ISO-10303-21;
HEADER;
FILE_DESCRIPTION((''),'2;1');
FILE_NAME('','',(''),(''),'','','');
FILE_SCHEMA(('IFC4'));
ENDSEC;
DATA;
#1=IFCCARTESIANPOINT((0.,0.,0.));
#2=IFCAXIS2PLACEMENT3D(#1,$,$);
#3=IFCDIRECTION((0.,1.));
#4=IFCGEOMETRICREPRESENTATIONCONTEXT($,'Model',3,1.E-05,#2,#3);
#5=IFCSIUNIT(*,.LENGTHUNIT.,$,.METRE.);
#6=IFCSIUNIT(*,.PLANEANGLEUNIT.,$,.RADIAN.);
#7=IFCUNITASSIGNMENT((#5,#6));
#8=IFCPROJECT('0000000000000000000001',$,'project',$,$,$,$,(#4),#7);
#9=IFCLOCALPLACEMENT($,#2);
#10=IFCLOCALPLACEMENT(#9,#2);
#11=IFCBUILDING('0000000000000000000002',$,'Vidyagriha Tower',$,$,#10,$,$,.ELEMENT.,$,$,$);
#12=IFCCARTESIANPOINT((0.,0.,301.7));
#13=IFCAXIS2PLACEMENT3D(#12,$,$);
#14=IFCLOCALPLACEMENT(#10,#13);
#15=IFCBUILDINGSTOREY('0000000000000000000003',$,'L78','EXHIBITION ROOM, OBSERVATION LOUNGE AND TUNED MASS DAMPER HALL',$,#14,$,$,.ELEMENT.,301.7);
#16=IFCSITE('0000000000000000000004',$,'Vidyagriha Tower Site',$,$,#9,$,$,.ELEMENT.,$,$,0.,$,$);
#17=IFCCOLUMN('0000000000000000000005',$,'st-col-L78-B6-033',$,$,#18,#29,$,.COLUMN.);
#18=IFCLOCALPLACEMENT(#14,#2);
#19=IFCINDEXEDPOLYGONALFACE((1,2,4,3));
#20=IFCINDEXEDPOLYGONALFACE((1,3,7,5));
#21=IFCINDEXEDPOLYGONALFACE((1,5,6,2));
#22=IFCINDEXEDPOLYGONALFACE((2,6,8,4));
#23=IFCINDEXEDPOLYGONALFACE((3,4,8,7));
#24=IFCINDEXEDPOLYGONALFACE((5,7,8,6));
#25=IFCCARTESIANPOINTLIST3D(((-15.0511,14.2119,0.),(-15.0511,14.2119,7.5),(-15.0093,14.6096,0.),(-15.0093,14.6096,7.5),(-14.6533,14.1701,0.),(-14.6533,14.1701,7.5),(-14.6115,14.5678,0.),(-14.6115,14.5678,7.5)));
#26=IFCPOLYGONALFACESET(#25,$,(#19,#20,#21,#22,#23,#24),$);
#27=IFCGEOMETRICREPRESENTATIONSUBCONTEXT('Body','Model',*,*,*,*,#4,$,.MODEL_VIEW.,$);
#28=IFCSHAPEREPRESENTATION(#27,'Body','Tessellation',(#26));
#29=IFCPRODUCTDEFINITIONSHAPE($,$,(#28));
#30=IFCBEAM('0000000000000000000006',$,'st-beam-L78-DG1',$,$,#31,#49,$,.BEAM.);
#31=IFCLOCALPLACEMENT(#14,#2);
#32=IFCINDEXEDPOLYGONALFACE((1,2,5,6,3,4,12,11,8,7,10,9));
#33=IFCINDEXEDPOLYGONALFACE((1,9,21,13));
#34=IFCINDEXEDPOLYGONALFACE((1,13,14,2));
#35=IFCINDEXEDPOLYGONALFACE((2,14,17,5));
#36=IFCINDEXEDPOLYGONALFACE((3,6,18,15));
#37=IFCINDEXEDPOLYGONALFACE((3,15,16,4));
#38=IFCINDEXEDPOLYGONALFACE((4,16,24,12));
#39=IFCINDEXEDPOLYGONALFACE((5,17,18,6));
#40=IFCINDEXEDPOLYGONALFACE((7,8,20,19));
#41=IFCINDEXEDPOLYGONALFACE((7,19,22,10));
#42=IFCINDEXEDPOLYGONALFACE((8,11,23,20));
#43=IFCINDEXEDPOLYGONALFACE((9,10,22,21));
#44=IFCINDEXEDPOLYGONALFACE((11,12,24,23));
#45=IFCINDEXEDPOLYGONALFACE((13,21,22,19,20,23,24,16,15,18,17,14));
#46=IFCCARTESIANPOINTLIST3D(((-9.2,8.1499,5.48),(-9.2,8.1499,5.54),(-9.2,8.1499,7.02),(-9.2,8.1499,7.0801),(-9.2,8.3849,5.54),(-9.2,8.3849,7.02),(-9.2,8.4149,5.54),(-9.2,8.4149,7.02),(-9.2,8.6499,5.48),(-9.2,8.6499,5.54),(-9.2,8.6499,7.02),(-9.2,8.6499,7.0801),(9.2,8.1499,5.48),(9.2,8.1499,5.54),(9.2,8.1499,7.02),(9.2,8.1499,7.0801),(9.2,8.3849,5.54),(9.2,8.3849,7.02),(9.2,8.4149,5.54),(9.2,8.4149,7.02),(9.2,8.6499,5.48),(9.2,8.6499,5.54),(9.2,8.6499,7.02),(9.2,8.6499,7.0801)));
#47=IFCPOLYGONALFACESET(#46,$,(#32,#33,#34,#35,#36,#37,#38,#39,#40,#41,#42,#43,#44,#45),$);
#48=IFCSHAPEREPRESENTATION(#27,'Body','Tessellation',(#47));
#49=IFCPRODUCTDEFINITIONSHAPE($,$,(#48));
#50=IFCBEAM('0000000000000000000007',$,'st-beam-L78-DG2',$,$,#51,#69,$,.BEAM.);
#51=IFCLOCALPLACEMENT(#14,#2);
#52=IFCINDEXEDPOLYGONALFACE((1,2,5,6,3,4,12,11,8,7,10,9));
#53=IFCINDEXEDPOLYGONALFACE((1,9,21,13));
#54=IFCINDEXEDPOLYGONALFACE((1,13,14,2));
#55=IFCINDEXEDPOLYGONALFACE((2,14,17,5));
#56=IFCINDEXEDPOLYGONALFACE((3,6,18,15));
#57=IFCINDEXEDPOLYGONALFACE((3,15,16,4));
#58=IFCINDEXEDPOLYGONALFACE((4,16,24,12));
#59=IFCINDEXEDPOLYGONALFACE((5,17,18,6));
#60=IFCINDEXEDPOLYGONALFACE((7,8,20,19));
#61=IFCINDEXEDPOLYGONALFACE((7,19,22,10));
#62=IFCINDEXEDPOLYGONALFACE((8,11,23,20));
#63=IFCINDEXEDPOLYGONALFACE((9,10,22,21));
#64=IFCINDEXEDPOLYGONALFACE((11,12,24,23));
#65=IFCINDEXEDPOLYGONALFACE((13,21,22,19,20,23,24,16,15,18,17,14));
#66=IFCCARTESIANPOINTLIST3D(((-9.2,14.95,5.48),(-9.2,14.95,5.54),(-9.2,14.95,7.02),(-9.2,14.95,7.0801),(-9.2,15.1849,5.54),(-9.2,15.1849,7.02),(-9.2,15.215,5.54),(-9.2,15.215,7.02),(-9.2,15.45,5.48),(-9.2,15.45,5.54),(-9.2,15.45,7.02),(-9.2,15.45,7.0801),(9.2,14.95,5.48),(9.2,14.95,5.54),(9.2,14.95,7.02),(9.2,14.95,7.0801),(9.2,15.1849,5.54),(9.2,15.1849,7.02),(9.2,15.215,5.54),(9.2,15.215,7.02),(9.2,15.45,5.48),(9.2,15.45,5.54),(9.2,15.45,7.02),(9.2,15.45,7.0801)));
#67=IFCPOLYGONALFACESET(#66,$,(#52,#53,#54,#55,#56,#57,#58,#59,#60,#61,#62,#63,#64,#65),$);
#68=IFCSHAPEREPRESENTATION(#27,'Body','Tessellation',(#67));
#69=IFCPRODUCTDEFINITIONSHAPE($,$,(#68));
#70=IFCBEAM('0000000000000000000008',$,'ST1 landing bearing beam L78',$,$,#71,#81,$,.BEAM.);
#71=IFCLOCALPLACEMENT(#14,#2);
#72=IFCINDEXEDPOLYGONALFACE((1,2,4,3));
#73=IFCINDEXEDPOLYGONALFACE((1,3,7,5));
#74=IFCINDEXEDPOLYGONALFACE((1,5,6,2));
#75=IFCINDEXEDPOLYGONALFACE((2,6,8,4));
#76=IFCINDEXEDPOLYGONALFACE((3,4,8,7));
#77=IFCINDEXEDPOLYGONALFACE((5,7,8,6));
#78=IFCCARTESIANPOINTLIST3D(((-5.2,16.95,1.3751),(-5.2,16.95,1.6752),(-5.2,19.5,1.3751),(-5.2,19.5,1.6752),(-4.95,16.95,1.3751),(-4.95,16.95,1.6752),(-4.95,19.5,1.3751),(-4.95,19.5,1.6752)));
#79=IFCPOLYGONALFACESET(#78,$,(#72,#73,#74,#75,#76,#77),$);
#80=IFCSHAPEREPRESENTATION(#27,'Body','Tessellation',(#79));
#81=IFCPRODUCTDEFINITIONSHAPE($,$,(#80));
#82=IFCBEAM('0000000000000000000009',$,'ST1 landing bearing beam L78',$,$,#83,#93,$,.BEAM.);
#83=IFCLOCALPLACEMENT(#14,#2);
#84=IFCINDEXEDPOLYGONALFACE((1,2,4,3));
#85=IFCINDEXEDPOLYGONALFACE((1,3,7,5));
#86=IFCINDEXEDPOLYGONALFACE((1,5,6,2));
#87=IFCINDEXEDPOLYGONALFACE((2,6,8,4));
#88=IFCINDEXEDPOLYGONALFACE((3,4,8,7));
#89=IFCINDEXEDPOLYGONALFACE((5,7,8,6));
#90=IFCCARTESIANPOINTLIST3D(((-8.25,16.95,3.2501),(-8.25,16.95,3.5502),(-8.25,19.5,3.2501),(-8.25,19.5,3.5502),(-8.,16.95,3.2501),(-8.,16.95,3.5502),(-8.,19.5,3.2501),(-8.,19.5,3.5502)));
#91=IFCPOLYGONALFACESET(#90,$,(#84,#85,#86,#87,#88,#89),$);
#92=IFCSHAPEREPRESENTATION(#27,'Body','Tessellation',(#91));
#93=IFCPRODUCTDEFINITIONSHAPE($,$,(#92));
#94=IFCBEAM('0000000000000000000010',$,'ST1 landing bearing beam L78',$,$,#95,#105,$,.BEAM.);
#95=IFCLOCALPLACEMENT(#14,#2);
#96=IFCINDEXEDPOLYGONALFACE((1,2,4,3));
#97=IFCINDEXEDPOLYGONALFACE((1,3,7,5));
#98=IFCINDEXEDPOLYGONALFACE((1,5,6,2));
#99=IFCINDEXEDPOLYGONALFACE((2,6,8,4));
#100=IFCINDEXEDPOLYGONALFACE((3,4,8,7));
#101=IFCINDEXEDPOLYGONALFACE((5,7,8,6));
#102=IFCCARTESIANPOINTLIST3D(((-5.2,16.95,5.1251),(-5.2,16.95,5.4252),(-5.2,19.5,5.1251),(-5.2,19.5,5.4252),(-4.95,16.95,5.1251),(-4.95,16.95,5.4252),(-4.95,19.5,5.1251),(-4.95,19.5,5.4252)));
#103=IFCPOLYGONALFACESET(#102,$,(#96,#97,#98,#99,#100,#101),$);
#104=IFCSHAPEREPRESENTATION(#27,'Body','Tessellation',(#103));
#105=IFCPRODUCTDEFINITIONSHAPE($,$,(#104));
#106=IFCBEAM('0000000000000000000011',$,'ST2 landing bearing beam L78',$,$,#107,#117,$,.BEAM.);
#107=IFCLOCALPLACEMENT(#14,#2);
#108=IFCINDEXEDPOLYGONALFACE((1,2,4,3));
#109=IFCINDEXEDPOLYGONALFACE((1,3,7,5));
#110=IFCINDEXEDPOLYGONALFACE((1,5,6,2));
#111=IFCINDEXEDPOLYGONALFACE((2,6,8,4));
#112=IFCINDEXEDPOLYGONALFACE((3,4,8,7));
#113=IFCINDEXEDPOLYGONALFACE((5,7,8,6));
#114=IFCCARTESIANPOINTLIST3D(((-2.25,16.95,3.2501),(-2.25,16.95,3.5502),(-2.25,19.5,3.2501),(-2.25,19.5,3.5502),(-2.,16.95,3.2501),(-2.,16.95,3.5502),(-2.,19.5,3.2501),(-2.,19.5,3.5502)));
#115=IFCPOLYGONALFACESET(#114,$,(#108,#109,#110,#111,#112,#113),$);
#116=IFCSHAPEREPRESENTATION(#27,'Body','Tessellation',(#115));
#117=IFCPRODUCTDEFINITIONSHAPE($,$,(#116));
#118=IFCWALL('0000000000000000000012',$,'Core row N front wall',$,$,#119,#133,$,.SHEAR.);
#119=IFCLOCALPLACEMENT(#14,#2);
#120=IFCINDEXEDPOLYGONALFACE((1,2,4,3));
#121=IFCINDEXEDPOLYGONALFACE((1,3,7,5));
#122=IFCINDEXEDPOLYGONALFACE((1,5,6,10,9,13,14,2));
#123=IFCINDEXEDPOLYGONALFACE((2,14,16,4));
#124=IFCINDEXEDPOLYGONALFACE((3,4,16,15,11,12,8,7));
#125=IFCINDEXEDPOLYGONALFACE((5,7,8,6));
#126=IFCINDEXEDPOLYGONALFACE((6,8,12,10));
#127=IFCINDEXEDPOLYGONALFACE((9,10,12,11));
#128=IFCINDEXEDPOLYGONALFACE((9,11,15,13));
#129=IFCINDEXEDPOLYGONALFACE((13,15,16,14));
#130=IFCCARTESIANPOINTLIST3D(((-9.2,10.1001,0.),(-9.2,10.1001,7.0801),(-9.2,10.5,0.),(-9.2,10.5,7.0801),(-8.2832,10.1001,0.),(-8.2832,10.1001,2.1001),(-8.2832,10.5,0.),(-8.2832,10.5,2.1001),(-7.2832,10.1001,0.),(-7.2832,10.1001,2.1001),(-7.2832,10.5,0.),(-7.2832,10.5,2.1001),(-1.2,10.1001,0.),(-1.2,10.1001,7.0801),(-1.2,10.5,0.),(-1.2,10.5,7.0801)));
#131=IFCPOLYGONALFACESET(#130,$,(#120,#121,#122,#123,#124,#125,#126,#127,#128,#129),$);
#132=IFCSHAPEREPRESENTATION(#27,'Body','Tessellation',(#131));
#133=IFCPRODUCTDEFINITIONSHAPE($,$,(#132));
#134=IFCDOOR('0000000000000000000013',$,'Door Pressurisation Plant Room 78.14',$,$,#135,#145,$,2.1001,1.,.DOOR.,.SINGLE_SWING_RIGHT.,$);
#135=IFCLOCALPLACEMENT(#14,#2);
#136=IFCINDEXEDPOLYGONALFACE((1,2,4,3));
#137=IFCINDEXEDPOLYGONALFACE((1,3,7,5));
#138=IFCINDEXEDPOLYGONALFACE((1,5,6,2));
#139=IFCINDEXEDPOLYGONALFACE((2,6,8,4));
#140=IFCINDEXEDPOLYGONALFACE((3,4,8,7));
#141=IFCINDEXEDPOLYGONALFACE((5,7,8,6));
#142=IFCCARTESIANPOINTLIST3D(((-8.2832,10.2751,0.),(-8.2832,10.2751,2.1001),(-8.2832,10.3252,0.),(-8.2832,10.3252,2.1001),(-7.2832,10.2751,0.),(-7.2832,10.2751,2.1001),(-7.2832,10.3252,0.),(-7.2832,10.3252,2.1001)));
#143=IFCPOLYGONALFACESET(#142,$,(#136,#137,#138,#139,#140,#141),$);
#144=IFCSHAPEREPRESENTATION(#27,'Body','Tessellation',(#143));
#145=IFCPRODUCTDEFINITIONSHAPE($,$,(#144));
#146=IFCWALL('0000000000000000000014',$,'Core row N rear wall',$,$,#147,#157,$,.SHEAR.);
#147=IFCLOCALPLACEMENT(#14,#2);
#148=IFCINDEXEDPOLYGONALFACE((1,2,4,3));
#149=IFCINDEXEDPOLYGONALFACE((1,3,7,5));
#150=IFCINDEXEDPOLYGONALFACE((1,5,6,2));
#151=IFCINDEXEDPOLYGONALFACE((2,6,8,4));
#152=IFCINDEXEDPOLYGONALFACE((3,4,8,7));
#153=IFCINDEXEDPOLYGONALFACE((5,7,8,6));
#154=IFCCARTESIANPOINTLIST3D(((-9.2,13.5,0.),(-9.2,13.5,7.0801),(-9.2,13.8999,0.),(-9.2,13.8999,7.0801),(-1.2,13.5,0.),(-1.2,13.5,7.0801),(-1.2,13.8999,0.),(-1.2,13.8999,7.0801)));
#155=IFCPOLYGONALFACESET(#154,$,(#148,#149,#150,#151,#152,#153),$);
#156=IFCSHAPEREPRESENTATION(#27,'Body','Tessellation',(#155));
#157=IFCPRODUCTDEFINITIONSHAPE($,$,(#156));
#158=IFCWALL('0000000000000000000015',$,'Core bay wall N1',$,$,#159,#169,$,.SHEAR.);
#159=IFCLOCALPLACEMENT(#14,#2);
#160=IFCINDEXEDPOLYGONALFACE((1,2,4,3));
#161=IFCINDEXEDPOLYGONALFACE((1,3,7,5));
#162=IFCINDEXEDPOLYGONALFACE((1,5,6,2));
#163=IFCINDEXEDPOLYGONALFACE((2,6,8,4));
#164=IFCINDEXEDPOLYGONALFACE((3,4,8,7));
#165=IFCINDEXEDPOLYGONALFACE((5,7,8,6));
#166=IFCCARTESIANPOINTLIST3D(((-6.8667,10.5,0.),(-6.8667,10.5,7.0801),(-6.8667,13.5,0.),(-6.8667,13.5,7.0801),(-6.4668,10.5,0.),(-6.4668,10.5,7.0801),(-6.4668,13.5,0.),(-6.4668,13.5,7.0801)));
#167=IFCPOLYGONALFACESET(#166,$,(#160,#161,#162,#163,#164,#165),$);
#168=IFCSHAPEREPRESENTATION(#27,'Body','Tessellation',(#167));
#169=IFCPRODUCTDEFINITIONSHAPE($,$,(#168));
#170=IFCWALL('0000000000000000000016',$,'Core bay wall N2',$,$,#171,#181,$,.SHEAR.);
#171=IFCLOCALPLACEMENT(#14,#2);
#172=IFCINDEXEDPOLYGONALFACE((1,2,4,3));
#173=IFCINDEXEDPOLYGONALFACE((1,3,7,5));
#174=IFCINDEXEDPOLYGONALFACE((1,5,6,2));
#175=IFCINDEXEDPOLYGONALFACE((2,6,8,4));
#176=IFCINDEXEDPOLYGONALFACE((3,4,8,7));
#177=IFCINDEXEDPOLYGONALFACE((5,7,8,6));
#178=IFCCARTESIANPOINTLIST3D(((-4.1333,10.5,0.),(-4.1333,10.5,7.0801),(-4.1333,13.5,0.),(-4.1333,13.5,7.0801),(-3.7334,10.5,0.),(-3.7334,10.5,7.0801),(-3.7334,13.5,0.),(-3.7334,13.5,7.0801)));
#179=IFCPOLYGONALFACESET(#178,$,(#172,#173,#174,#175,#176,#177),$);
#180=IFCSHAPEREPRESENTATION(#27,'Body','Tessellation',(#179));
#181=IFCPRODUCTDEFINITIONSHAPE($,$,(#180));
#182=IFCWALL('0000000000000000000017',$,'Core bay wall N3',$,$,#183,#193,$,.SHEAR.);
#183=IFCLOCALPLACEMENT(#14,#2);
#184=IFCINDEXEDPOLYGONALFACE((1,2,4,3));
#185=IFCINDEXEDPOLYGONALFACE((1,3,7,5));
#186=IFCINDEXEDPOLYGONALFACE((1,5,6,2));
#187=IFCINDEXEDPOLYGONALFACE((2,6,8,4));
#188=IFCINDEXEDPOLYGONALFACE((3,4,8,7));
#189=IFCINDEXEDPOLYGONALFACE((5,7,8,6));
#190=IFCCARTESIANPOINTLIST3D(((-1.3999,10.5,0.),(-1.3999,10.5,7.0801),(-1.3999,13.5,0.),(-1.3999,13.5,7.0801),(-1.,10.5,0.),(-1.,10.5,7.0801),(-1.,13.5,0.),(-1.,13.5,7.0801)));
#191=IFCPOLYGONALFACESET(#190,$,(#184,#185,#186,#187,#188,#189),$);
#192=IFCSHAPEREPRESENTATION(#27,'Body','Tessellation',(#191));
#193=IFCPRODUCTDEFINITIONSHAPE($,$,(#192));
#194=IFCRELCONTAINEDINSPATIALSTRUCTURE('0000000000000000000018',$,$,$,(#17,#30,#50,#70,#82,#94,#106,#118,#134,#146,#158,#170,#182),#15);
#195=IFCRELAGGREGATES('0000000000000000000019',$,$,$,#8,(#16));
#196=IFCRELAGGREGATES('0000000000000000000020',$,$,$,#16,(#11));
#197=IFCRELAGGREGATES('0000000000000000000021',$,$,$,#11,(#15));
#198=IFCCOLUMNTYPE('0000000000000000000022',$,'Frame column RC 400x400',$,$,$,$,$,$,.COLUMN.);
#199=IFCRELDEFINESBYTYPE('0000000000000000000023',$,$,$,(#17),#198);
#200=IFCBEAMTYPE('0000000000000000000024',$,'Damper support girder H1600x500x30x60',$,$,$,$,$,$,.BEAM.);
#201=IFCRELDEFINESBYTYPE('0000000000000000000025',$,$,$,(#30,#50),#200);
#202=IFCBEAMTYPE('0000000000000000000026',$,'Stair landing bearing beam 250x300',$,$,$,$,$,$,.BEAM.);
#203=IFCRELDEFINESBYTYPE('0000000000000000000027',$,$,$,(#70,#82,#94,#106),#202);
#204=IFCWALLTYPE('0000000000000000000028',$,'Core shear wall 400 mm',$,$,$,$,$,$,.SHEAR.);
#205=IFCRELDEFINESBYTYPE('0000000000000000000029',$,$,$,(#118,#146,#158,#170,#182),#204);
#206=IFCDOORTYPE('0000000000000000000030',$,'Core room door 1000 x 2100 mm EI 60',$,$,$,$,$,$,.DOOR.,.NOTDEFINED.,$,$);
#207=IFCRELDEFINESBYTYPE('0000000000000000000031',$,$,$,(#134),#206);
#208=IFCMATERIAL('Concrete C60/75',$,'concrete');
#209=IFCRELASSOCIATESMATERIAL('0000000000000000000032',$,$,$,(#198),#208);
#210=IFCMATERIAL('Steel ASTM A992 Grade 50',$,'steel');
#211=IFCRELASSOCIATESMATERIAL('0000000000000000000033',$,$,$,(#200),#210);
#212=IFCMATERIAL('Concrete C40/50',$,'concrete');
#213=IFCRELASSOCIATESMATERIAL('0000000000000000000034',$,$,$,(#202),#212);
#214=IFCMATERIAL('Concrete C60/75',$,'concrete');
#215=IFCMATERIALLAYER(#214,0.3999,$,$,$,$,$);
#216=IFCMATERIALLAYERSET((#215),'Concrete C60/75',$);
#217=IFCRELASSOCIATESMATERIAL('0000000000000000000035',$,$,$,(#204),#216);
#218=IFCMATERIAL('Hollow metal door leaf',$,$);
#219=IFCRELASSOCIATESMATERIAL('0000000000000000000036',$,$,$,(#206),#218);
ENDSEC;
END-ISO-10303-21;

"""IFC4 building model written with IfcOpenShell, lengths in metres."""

from ifc_helpers import new_model, si_unit, direction, frame, frame_2d, origin, origin_2d, place, context, subcontext, project, spatial, rectangle, i_section, extrude, material, layer, layer_set, material_profile, profile_set, type_object, element, fill, save


model = new_model("IFC4")

# Units and contexts
model_context = context("Model", 3, precision=1e-05, world=origin(), true_north=direction((0.0, 1.0)))
body_context = subcontext(model_context, "Body", "Model", "MODEL_VIEW")
ifc_project = project(units=[si_unit("LENGTHUNIT", "METRE"), si_unit("PLANEANGLEUNIT", "RADIAN")], contexts=[model_context])

# Site, building, storey
site_placement = place(None, origin())
site = spatial("IfcSite", under=ifc_project, at=site_placement, Name="Vidyagriha Tower Site", CompositionType="ELEMENT", RefElevation=0.0)
building_placement = place(site_placement, origin())
building = spatial("IfcBuilding", under=site, at=building_placement, Name="Vidyagriha Tower", CompositionType="ELEMENT")
storey_placement = place(building_placement, frame((0.0, 0.0, 301.7)))
storey = spatial("IfcBuildingStorey", under=building, at=storey_placement, Name="L78", Description="EXHIBITION ROOM, OBSERVATION LOUNGE AND TUNED MASS DAMPER HALL", CompositionType="ELEMENT", Elevation=301.7)

# Column
ifc_material_1 = material(Name="Concrete C60/75", Category="concrete")
ifc_material_profile_1 = material_profile(ifc_material_1, rectangle(XDim=0.3999, YDim=0.3999, at=origin_2d()), Name="RC 400x400")
ifc_profile_set_1 = profile_set([ifc_material_profile_1], Name="Concrete C60/75")
column_type = type_object("IfcColumnType", Name="Frame column RC 400x400", PredefinedType="COLUMN", material=ifc_profile_set_1)
column_placement = place(storey_placement, frame((-14.8313, 14.3899, 0.0), z_axis=(0.0, 0.0, 1.0), x_axis=(0.994522, -0.104528, 0.0)))
element("IfcColumn", 1, at=column_placement, inside=storey, type_object=column_type, Name="st-col-L78-B6-033", PredefinedType="COLUMN", context=body_context, shape_type="SweptSolid", body=[
    extrude(rectangle(XDim=0.3999, YDim=0.3999, at=origin_2d()), origin(), (0.0, 0.0, 1.0), 7.5),
])

# Beams
ifc_material_2 = material(Name="Steel ASTM A992 Grade 50", Category="steel")
ifc_material_profile_2 = material_profile(ifc_material_2, i_section(OverallWidth=0.5, OverallDepth=1.6001, WebThickness=0.03, FlangeThickness=0.0601, at=origin_2d()), Name="H1600x500x30x60")
ifc_profile_set_2 = profile_set([ifc_material_profile_2], Name="Steel ASTM A992 Grade 50")
beam_type_1 = type_object("IfcBeamType", Name="Damper support girder H1600x500x30x60", PredefinedType="BEAM", material=ifc_profile_set_2)
for number, where, z_axis, x_axis, name in (
    (2, (-9.2, 8.3999, 6.28), (1.0, 0.0, 0.0), (0.0, 1.0, 0.0), "st-beam-L78-DG1"),
    (3, (-9.2, 15.2, 6.28), (1.0, 0.0, 0.0), (0.0, 1.0, 0.0), "st-beam-L78-DG2"),
):
    element("IfcBeam", number, at=place(storey_placement, frame(where, z_axis=z_axis, x_axis=x_axis)), inside=storey, type_object=beam_type_1, Name=name, PredefinedType="BEAM", context=body_context, shape_type="SweptSolid", body=[
        extrude(i_section(OverallWidth=0.5, OverallDepth=1.6001, WebThickness=0.03, FlangeThickness=0.0601, at=origin_2d()), origin(), (0.0, 0.0, 1.0), 18.3999),
    ])
ifc_material_3 = material(Name="Concrete C40/50", Category="concrete")
ifc_material_profile_3 = material_profile(ifc_material_3, rectangle(XDim=0.25, YDim=0.3, at=origin_2d()), Name="Stair landing bearing beam 250x300")
ifc_profile_set_3 = profile_set([ifc_material_profile_3], Name="Concrete C40/50")
beam_type_2 = type_object("IfcBeamType", Name="Stair landing bearing beam 250x300", PredefinedType="BEAM", material=ifc_profile_set_3)
for number, where, z_axis, x_axis, name in (
    (4, (-5.075, 16.95, 1.5251), (0.0, 1.0, 0.0), (-1.0, 0.0, 0.0), "ST1 landing bearing beam L78"),
    (5, (-8.125, 16.95, 3.4001), (0.0, 1.0, 0.0), (-1.0, 0.0, 0.0), "ST1 landing bearing beam L78"),
    (6, (-5.075, 16.95, 5.2751), (0.0, 1.0, 0.0), (-1.0, 0.0, 0.0), "ST1 landing bearing beam L78"),
    (7, (-2.125, 16.95, 3.4001), (0.0, 1.0, 0.0), (-1.0, 0.0, 0.0), "ST2 landing bearing beam L78"),
):
    element("IfcBeam", number, at=place(storey_placement, frame(where, z_axis=z_axis, x_axis=x_axis)), inside=storey, type_object=beam_type_2, Name=name, PredefinedType="BEAM", context=body_context, shape_type="SweptSolid", body=[
        extrude(rectangle(XDim=0.25, YDim=0.3, at=origin_2d()), origin(), (0.0, 0.0, 1.0), 2.55),
    ])

# Wall, opening, door
ifc_material_4 = material(Name="Concrete C60/75", Category="concrete")
ifc_layer_1 = layer(ifc_material_4, 0.3999)
ifc_layer_set_1 = layer_set([ifc_layer_1], Name="Concrete C60/75")
wall_type_1 = type_object("IfcWallType", Name="Core shear wall 400 mm", PredefinedType="SHEAR", material=ifc_layer_set_1)
wall_1_placement = place(storey_placement, frame((-9.2, 10.3, 0.0)))
wall_1 = element("IfcWall", 8, at=wall_1_placement, inside=storey, type_object=wall_type_1, Name="Core row N front wall", PredefinedType="SHEAR", context=body_context, shape_type="SweptSolid", body=[
    extrude(rectangle(XDim=8.0, YDim=0.3999, at=frame_2d((4.0, 0.0))), origin(), (0.0, 0.0, 1.0), 7.0801),
])
opening_1_placement = place(wall_1_placement, frame((0.9167, 0.0, 0.0)))
opening_1 = element("IfcOpeningElement", 9, at=opening_1_placement, cuts=wall_1, PredefinedType="OPENING", context=body_context, shape_type="SweptSolid", body=[
    extrude(rectangle(XDim=1.0, YDim=2.1001, at=frame_2d((0.5, 1.05))), frame((0.0, 0.21, 0.0), z_axis=(0.0, -1.0, 0.0), x_axis=(1.0, 0.0, 0.0)), (0.0, 0.0, 1.0), 0.4199),
])
ifc_material_5 = material(Name="Hollow metal door leaf")
door_type_1 = type_object("IfcDoorType", Name="Core room door 1000 x 2100 mm EI 60", OperationType="NOTDEFINED", PredefinedType="DOOR", material=ifc_material_5)
door_1_placement = place(opening_1_placement, frame((1.0, 0.0, 0.0), z_axis=(0.0, 0.0, 1.0), x_axis=(-1.0, 0.0, 0.0)))
door_1 = element("IfcDoor", 10, at=door_1_placement, inside=storey, type_object=door_type_1, Name="Door Pressurisation Plant Room 78.14", OperationType="SINGLE_SWING_RIGHT", OverallHeight=2.1001, OverallWidth=1.0, PredefinedType="DOOR", context=body_context, shape_type="SweptSolid", body=[
    extrude(rectangle(XDim=1.0, YDim=2.1001, at=frame_2d((0.5, 1.05))), frame((0.0, 0.0249, 0.0), z_axis=(0.0, -1.0, 0.0), x_axis=(1.0, 0.0, 0.0)), (0.0, 0.0, 1.0), 0.05),
])
fill(opening_1, door_1)

# Walls
wall_2_placement = place(storey_placement, frame((-9.2, 13.7, 0.0)))
element("IfcWall", 11, at=wall_2_placement, inside=storey, type_object=wall_type_1, Name="Core row N rear wall", PredefinedType="SHEAR", context=body_context, shape_type="SweptSolid", body=[
    extrude(rectangle(XDim=8.0, YDim=0.3999, at=frame_2d((4.0, 0.0))), origin(), (0.0, 0.0, 1.0), 7.0801),
])
for number, where, z_axis, x_axis, name in (
    (12, (-6.6667, 10.5, 0.0), (0.0, 0.0, 1.0), (0.0, 1.0, 0.0), "Core bay wall N1"),
    (13, (-3.9333, 10.5, 0.0), (0.0, 0.0, 1.0), (0.0, 1.0, 0.0), "Core bay wall N2"),
    (14, (-1.2, 10.5, 0.0), (0.0, 0.0, 1.0), (0.0, 1.0, 0.0), "Core bay wall N3"),
):
    element("IfcWall", number, at=place(storey_placement, frame(where, z_axis=z_axis, x_axis=x_axis)), inside=storey, type_object=wall_type_1, Name=name, PredefinedType="SHEAR", context=body_context, shape_type="SweptSolid", body=[
        extrude(rectangle(XDim=3.0, YDim=0.3999, at=frame_2d((1.5, 0.0))), origin(), (0.0, 0.0, 1.0), 7.0801),
    ])

save(model, "model.ifc")
